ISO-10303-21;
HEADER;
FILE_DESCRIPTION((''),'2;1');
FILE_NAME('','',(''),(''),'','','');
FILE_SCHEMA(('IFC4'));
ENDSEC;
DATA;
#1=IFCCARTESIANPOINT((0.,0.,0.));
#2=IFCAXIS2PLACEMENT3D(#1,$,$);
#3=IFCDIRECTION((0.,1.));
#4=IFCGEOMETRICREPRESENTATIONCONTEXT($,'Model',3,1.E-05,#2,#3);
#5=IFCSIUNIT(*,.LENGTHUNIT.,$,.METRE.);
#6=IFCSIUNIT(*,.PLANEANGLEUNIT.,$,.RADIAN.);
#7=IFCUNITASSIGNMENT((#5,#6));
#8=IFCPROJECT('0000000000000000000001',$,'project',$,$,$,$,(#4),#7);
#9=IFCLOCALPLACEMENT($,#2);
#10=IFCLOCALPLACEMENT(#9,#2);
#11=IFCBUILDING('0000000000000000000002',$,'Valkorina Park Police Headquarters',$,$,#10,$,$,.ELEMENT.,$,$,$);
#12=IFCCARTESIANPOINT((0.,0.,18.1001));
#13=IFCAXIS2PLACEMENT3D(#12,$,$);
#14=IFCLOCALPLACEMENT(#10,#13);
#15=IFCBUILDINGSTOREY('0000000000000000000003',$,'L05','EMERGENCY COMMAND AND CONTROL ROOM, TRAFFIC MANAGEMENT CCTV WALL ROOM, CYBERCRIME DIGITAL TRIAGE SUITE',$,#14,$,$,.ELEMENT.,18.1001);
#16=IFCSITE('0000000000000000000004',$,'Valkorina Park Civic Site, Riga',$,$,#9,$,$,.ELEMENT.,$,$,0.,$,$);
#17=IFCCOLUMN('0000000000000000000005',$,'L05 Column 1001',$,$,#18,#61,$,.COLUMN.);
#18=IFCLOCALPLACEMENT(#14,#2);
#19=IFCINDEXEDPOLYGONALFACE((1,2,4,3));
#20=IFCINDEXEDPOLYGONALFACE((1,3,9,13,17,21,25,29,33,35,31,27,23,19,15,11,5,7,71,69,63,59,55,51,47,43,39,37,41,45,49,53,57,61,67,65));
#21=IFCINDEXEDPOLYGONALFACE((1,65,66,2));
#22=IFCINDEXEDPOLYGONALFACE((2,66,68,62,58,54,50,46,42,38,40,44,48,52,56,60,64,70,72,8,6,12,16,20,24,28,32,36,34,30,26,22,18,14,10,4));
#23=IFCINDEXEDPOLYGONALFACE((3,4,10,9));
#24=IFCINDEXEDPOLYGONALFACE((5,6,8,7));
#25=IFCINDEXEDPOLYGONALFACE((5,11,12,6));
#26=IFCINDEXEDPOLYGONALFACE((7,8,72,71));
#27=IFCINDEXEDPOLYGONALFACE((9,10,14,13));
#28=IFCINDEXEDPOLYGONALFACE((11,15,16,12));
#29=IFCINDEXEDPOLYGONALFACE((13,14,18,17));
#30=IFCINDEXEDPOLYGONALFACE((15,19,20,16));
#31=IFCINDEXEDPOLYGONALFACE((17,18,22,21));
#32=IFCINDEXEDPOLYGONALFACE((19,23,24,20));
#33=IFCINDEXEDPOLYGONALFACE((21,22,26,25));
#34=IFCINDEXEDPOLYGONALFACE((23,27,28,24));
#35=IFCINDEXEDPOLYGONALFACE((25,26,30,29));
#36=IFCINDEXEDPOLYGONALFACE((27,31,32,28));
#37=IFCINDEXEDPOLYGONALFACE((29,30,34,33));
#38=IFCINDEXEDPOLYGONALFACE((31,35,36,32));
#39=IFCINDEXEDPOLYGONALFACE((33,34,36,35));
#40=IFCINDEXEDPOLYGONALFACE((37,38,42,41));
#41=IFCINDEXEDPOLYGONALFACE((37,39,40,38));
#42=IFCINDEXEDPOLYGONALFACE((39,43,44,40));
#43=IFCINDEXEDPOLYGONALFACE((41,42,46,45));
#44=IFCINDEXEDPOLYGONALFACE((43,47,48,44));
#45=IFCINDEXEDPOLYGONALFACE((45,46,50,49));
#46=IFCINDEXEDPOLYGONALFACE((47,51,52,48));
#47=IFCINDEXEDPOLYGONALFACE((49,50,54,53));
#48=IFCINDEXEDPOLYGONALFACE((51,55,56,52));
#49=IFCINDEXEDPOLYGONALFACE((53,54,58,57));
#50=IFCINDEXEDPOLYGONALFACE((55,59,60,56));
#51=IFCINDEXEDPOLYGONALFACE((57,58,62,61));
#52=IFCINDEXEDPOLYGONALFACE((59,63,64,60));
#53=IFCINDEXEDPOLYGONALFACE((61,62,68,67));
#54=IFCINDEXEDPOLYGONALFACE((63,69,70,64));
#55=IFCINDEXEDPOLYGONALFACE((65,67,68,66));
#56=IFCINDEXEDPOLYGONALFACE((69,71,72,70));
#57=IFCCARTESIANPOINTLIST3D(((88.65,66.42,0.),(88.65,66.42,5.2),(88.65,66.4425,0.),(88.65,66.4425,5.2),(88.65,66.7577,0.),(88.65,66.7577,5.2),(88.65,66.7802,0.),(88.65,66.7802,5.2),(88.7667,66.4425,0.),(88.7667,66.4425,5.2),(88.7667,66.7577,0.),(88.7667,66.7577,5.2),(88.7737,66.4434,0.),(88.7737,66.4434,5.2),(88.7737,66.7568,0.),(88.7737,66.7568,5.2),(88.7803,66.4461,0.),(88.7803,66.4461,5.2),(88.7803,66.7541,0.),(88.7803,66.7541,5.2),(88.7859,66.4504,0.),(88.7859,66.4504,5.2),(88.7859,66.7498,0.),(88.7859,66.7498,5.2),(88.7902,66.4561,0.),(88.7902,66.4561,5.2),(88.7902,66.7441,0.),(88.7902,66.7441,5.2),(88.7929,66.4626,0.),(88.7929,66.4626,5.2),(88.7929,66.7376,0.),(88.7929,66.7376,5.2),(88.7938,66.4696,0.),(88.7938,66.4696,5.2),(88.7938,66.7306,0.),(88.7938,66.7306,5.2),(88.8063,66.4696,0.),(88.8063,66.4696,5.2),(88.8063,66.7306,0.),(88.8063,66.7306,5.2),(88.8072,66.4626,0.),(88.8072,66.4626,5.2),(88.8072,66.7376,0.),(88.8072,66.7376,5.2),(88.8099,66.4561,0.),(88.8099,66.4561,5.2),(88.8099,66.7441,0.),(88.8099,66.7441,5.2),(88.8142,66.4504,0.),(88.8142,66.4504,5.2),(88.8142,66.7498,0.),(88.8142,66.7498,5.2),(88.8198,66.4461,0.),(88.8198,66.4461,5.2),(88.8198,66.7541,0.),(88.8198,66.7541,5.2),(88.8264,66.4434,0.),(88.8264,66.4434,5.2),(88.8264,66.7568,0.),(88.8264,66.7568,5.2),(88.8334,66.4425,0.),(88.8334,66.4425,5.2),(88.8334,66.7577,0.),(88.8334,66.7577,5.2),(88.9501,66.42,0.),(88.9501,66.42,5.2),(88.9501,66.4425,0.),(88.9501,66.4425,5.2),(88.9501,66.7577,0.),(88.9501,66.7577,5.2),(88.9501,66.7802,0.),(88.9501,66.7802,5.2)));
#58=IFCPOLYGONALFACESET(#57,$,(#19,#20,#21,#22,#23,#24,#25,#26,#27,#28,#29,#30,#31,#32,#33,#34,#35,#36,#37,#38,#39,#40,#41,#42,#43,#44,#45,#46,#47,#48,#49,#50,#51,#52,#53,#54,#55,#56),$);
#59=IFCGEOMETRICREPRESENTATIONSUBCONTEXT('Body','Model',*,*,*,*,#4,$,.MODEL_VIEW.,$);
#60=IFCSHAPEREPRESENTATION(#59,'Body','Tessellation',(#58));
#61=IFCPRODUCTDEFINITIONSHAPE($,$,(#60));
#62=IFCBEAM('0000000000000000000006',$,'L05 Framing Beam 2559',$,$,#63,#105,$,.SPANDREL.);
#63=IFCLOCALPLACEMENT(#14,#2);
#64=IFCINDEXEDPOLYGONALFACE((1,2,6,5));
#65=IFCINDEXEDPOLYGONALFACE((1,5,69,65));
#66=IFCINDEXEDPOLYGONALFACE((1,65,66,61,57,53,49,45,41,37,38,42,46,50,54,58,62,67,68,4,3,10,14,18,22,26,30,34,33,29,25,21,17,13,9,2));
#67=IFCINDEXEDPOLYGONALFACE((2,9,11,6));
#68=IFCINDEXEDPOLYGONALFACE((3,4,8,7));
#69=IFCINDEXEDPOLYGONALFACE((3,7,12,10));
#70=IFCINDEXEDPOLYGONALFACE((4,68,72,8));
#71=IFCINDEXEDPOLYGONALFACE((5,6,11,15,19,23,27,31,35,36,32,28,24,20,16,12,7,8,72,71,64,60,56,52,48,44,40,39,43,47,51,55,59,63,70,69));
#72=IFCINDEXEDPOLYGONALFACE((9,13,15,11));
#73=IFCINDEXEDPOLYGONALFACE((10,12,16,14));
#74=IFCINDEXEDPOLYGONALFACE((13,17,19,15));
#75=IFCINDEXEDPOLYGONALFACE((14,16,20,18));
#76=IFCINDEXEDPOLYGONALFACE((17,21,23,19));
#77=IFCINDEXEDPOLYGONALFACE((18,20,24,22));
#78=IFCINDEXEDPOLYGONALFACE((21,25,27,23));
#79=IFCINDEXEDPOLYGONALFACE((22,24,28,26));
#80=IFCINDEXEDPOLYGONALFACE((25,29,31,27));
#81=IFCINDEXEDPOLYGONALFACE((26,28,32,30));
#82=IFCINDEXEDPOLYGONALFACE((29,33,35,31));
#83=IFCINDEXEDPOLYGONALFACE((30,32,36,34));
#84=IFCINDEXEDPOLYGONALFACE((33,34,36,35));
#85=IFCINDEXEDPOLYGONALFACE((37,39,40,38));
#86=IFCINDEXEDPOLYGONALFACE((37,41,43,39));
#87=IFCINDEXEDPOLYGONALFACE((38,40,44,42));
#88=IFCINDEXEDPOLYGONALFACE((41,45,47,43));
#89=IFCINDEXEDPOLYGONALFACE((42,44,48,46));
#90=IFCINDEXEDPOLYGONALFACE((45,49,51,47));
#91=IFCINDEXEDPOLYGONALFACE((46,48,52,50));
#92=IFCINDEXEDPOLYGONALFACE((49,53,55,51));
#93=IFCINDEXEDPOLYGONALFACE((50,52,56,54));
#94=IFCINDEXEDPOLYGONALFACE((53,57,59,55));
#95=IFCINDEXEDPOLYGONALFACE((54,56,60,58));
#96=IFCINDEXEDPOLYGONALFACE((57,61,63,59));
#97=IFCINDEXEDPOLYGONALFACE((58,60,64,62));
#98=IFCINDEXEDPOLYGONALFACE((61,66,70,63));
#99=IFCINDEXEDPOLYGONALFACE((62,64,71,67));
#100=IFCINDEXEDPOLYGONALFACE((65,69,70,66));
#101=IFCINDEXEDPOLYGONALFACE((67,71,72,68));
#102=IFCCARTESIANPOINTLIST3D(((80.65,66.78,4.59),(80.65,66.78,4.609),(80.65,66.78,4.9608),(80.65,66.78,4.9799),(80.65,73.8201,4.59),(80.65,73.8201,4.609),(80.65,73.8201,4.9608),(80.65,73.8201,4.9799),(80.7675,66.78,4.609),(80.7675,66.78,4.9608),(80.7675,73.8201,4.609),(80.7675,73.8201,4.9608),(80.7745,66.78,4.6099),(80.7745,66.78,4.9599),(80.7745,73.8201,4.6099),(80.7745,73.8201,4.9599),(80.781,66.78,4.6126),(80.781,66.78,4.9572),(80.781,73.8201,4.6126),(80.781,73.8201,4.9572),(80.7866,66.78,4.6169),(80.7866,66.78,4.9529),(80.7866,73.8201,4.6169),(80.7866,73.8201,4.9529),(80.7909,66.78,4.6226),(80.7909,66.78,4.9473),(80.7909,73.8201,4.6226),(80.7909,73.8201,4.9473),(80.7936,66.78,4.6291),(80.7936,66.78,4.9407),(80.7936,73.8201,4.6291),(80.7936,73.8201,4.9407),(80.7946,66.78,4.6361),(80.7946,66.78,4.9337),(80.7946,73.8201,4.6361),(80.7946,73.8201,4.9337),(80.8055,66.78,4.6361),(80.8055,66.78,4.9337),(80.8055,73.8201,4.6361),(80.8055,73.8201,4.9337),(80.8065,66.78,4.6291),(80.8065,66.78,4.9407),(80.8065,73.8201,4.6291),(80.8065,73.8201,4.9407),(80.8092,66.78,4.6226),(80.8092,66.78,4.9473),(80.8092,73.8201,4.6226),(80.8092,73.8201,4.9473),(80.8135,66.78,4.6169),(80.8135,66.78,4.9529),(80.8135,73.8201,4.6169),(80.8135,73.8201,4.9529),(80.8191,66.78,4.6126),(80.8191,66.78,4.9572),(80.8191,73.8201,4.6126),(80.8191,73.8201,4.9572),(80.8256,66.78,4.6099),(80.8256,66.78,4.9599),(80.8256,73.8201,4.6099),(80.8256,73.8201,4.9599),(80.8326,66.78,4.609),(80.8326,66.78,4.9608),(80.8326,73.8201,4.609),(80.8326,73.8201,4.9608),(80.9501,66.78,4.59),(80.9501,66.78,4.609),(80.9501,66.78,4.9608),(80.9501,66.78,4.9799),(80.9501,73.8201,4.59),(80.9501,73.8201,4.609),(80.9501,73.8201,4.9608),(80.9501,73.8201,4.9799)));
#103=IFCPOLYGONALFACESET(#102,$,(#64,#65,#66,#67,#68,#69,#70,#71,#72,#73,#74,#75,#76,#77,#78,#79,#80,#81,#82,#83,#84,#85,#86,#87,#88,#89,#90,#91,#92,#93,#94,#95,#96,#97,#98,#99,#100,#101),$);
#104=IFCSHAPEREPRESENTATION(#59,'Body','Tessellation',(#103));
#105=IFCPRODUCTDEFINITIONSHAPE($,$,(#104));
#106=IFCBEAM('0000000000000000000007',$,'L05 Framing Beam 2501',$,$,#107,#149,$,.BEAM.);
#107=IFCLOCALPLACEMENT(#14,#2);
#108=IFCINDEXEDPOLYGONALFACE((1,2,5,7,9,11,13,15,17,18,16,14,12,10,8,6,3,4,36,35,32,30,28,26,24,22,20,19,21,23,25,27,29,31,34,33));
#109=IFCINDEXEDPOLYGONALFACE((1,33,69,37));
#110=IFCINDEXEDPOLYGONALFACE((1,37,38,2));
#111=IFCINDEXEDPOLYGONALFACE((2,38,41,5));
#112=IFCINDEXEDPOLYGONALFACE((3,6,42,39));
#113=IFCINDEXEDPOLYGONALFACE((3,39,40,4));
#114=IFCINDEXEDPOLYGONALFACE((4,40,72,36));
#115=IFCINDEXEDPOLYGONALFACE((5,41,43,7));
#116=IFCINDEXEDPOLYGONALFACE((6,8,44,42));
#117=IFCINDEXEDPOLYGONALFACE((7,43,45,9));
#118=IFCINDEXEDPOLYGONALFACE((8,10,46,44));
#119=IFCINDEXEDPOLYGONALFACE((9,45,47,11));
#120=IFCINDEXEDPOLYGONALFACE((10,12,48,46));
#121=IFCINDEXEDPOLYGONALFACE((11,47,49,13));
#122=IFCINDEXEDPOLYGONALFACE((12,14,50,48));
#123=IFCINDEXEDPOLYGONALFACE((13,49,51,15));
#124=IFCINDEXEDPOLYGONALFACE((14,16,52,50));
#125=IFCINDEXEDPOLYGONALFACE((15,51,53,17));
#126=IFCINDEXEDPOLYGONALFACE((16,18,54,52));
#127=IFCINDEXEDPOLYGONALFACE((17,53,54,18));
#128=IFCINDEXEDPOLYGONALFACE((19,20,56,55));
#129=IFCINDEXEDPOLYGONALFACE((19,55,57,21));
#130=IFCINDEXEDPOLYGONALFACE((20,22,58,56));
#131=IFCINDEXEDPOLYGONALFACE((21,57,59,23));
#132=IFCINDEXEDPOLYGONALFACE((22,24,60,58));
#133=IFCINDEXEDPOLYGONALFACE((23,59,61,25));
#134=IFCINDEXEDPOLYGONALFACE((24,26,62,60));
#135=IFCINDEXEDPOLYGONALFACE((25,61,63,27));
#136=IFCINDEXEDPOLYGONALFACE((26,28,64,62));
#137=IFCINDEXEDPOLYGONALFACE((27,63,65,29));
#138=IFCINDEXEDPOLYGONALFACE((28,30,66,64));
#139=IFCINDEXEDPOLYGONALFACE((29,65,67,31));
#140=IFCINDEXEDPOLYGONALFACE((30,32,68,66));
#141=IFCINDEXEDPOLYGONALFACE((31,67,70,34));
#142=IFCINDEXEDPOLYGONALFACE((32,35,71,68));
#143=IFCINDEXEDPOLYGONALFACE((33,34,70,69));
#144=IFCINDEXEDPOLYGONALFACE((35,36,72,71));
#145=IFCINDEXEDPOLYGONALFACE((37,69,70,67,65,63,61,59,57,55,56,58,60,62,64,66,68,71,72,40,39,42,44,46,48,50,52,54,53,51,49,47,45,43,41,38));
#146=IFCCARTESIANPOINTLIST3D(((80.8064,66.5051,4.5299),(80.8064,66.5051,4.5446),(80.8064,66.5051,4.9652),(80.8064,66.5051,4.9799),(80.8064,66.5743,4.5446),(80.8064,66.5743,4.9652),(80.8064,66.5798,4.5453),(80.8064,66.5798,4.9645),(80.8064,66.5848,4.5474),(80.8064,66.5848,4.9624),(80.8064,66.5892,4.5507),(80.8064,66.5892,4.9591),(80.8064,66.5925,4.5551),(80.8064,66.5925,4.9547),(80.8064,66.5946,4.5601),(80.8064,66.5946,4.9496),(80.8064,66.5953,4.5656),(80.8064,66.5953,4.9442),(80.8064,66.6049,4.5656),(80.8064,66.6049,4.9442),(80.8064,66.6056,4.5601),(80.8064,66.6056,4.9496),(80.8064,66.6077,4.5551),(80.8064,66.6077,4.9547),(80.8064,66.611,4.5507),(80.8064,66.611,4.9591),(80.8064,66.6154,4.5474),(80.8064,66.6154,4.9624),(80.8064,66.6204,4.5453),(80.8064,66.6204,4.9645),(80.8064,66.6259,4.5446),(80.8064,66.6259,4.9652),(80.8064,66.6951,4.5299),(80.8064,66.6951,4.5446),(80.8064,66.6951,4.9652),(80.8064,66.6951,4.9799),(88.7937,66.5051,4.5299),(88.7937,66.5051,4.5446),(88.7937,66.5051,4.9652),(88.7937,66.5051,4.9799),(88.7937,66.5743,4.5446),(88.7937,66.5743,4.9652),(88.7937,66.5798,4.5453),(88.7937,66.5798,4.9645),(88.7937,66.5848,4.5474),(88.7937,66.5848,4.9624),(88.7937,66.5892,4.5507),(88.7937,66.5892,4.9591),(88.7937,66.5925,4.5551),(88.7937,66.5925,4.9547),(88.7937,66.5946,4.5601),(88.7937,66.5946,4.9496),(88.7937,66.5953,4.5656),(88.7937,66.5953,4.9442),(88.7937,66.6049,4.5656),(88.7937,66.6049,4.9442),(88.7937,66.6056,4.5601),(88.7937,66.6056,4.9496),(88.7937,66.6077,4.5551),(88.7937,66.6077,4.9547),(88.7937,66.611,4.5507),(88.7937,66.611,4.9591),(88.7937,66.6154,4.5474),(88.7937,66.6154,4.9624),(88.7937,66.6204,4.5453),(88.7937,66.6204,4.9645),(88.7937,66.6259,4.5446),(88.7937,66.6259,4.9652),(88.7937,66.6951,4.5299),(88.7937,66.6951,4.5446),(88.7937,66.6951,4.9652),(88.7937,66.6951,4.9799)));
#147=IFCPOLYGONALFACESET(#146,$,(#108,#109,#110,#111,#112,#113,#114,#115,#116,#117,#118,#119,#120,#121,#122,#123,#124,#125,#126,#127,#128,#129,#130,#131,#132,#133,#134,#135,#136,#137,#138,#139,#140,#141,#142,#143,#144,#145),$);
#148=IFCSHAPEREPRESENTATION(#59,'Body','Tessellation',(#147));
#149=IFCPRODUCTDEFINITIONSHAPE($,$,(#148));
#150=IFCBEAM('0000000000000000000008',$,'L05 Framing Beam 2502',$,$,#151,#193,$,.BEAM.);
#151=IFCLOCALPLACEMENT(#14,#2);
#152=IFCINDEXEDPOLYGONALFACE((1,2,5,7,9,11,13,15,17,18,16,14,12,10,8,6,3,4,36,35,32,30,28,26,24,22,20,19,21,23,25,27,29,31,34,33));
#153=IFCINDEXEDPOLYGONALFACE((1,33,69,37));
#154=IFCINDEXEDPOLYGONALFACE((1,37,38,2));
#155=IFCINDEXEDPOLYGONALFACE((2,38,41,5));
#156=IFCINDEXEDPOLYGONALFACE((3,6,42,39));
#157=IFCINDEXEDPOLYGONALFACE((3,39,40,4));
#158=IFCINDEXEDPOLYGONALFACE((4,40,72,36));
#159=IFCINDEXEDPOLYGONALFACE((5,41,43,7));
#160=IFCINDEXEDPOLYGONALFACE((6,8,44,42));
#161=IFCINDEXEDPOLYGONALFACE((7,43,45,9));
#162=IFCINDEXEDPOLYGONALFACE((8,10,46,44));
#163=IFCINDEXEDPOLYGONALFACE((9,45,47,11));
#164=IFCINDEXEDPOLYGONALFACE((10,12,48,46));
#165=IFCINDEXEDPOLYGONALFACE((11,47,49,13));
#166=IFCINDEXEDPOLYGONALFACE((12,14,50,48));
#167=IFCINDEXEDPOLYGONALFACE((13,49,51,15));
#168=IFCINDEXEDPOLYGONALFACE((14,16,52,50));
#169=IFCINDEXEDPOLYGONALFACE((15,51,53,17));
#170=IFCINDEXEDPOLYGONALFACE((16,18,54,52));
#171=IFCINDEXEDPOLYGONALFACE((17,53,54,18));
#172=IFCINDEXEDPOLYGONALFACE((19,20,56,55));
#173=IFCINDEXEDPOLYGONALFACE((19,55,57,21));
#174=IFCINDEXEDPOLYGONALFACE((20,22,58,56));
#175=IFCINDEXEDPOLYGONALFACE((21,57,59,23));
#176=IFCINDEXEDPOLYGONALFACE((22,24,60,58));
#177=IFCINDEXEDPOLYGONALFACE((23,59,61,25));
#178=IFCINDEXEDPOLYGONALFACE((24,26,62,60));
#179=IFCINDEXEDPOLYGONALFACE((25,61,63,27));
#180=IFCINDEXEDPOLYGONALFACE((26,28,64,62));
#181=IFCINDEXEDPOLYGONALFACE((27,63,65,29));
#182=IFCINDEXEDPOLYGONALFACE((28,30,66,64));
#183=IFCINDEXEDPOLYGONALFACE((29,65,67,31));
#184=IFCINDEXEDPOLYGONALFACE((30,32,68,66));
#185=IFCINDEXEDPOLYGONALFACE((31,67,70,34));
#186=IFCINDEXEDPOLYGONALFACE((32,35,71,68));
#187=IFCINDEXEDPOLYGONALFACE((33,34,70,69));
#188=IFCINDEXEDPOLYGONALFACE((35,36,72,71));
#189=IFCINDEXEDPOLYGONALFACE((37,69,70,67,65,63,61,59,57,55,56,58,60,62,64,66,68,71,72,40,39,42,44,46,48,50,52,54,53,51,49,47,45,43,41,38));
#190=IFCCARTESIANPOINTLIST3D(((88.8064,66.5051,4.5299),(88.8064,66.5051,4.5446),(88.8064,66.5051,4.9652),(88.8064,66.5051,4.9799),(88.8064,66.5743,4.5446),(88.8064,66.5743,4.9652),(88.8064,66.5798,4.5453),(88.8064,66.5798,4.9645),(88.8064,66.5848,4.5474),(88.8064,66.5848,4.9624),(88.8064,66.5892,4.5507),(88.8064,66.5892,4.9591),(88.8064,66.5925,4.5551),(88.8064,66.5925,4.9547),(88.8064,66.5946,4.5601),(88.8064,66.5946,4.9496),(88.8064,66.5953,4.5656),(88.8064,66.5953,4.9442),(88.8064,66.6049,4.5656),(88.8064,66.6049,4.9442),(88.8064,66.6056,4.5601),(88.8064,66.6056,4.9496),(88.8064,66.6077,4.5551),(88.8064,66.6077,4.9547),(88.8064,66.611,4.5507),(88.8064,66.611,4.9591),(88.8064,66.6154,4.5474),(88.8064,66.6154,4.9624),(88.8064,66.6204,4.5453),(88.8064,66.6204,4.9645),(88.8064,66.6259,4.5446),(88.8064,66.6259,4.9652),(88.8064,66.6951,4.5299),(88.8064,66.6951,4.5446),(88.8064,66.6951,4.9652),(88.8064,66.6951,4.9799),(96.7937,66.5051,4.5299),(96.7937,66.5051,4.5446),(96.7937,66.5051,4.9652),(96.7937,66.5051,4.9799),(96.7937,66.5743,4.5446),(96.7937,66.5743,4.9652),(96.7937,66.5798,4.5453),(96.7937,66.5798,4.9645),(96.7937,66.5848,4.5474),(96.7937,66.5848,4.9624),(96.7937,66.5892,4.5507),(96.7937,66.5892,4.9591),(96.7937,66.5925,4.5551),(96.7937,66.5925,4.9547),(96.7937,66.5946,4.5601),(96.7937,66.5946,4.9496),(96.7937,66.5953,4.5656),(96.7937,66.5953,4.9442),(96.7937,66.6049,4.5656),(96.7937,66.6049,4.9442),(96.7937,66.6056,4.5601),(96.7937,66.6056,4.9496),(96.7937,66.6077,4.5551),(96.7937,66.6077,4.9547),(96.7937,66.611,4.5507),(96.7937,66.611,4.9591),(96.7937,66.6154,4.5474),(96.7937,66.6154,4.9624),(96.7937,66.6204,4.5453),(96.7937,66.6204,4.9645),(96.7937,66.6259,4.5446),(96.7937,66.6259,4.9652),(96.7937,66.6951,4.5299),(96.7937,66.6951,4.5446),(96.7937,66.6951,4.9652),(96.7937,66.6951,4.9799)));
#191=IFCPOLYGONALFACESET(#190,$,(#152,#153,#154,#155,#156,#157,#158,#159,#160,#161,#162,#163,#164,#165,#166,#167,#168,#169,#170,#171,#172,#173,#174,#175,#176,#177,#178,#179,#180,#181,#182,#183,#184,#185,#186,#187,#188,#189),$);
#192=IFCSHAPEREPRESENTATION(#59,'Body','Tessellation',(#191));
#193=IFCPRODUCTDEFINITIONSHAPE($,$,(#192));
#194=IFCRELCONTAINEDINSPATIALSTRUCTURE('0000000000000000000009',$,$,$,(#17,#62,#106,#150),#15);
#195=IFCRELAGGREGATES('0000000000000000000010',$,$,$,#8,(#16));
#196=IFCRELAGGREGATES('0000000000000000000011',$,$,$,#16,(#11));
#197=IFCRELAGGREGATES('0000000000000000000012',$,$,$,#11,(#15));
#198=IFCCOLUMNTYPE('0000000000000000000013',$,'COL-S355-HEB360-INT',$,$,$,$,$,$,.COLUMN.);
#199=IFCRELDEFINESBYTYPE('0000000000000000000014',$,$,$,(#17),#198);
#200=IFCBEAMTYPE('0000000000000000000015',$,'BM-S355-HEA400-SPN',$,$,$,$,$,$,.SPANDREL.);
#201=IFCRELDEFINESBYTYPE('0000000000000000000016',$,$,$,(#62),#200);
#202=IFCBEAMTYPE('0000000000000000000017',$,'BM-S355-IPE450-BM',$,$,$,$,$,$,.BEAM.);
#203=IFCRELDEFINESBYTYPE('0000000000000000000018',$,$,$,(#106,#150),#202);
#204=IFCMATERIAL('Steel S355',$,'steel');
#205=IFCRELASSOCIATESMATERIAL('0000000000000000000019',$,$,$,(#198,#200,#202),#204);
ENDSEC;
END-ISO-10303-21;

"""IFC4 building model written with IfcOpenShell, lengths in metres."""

from ifc_helpers import new_model, si_unit, direction, frame, origin, origin_2d, place, context, subcontext, project, spatial, i_section, extrude, material, material_profile, profile_set, type_object, element, save


model = new_model("IFC4")

# Units and contexts
model_context = context("Model", 3, precision=1e-05, world=origin(), true_north=direction((0.0, 1.0)))
body_context = subcontext(model_context, "Body", "Model", "MODEL_VIEW")
ifc_project = project(units=[si_unit("LENGTHUNIT", "METRE"), si_unit("PLANEANGLEUNIT", "RADIAN")], contexts=[model_context])

# Site, building, storey
site_placement = place(None, origin())
site = spatial("IfcSite", under=ifc_project, at=site_placement, Name="Valkorina Park Civic Site, Riga", CompositionType="ELEMENT", RefElevation=0.0)
building_placement = place(site_placement, origin())
building = spatial("IfcBuilding", under=site, at=building_placement, Name="Valkorina Park Police Headquarters", CompositionType="ELEMENT")
storey_placement = place(building_placement, frame((0.0, 0.0, 18.1001)))
storey = spatial("IfcBuildingStorey", under=building, at=storey_placement, Name="L05", Description="EMERGENCY COMMAND AND CONTROL ROOM, TRAFFIC MANAGEMENT CCTV WALL ROOM, CYBERCRIME DIGITAL TRIAGE SUITE", CompositionType="ELEMENT", Elevation=18.1001)

# Column
ifc_material_1 = material(Name="Steel S355", Category="steel")
ifc_material_profile_1 = material_profile(ifc_material_1, i_section(OverallWidth=0.3, OverallDepth=0.3601, WebThickness=0.0125, FlangeThickness=0.0225, FilletRadius=0.0271, at=origin_2d()), Name="HEB 360")
ifc_profile_set_1 = profile_set([ifc_material_profile_1], Name="Steel S355")
column_type = type_object("IfcColumnType", Name="COL-S355-HEB360-INT", PredefinedType="COLUMN", material=ifc_profile_set_1)
column_placement = place(storey_placement, frame((88.8, 66.6001, 0.0), z_axis=(0.0, 0.0, 1.0), x_axis=(1.0, 0.0, 0.0)))
element("IfcColumn", 1, at=column_placement, inside=storey, type_object=column_type, Name="L05 Column 1001", PredefinedType="COLUMN", context=body_context, shape_type="SweptSolid", body=[
    extrude(i_section(OverallWidth=0.3, OverallDepth=0.3601, WebThickness=0.0125, FlangeThickness=0.0225, FilletRadius=0.0271, at=origin_2d()), origin(), (0.0, 0.0, 1.0), 5.2),
])

# Beams
ifc_material_profile_2 = material_profile(ifc_material_1, i_section(OverallWidth=0.3, OverallDepth=0.3899, WebThickness=0.011, FlangeThickness=0.019, FilletRadius=0.0271, at=origin_2d()), Name="HEA 400")
ifc_profile_set_2 = profile_set([ifc_material_profile_2], Name="Steel S355")
beam_type_1 = type_object("IfcBeamType", Name="BM-S355-HEA400-SPN", PredefinedType="SPANDREL", material=ifc_profile_set_2)
beam_placement = place(storey_placement, frame((80.8, 66.78, 4.7849), z_axis=(0.0, 1.0, 0.0), x_axis=(-1.0, 0.0, 0.0)))
element("IfcBeam", 2, at=beam_placement, inside=storey, type_object=beam_type_1, Name="L05 Framing Beam 2559", PredefinedType="SPANDREL", context=body_context, shape_type="SweptSolid", body=[
    extrude(i_section(OverallWidth=0.3, OverallDepth=0.3899, WebThickness=0.011, FlangeThickness=0.019, FilletRadius=0.0271, at=origin_2d()), origin(), (0.0, 0.0, 1.0), 7.04),
])
ifc_material_profile_3 = material_profile(ifc_material_1, i_section(OverallWidth=0.1899, OverallDepth=0.45, WebThickness=0.0095, FlangeThickness=0.0146, FilletRadius=0.021, at=origin_2d()), Name="IPE 450")
ifc_profile_set_3 = profile_set([ifc_material_profile_3], Name="Steel S355")
beam_type_2 = type_object("IfcBeamType", Name="BM-S355-IPE450-BM", PredefinedType="BEAM", material=ifc_profile_set_3)
for number, where, z_axis, x_axis, name in (
    (3, (80.8064, 66.6001, 4.7549), (1.0, 0.0, 0.0), (0.0, 1.0, 0.0), "L05 Framing Beam 2501"),
    (4, (88.8064, 66.6001, 4.7549), (1.0, 0.0, 0.0), (0.0, 1.0, 0.0), "L05 Framing Beam 2502"),
):
    element("IfcBeam", number, at=place(storey_placement, frame(where, z_axis=z_axis, x_axis=x_axis)), inside=storey, type_object=beam_type_2, Name=name, PredefinedType="BEAM", context=body_context, shape_type="SweptSolid", body=[
        extrude(i_section(OverallWidth=0.1899, OverallDepth=0.45, WebThickness=0.0095, FlangeThickness=0.0146, FilletRadius=0.021, at=origin_2d()), origin(), (0.0, 0.0, 1.0), 7.9873),
    ])

save(model, "model.ifc")
